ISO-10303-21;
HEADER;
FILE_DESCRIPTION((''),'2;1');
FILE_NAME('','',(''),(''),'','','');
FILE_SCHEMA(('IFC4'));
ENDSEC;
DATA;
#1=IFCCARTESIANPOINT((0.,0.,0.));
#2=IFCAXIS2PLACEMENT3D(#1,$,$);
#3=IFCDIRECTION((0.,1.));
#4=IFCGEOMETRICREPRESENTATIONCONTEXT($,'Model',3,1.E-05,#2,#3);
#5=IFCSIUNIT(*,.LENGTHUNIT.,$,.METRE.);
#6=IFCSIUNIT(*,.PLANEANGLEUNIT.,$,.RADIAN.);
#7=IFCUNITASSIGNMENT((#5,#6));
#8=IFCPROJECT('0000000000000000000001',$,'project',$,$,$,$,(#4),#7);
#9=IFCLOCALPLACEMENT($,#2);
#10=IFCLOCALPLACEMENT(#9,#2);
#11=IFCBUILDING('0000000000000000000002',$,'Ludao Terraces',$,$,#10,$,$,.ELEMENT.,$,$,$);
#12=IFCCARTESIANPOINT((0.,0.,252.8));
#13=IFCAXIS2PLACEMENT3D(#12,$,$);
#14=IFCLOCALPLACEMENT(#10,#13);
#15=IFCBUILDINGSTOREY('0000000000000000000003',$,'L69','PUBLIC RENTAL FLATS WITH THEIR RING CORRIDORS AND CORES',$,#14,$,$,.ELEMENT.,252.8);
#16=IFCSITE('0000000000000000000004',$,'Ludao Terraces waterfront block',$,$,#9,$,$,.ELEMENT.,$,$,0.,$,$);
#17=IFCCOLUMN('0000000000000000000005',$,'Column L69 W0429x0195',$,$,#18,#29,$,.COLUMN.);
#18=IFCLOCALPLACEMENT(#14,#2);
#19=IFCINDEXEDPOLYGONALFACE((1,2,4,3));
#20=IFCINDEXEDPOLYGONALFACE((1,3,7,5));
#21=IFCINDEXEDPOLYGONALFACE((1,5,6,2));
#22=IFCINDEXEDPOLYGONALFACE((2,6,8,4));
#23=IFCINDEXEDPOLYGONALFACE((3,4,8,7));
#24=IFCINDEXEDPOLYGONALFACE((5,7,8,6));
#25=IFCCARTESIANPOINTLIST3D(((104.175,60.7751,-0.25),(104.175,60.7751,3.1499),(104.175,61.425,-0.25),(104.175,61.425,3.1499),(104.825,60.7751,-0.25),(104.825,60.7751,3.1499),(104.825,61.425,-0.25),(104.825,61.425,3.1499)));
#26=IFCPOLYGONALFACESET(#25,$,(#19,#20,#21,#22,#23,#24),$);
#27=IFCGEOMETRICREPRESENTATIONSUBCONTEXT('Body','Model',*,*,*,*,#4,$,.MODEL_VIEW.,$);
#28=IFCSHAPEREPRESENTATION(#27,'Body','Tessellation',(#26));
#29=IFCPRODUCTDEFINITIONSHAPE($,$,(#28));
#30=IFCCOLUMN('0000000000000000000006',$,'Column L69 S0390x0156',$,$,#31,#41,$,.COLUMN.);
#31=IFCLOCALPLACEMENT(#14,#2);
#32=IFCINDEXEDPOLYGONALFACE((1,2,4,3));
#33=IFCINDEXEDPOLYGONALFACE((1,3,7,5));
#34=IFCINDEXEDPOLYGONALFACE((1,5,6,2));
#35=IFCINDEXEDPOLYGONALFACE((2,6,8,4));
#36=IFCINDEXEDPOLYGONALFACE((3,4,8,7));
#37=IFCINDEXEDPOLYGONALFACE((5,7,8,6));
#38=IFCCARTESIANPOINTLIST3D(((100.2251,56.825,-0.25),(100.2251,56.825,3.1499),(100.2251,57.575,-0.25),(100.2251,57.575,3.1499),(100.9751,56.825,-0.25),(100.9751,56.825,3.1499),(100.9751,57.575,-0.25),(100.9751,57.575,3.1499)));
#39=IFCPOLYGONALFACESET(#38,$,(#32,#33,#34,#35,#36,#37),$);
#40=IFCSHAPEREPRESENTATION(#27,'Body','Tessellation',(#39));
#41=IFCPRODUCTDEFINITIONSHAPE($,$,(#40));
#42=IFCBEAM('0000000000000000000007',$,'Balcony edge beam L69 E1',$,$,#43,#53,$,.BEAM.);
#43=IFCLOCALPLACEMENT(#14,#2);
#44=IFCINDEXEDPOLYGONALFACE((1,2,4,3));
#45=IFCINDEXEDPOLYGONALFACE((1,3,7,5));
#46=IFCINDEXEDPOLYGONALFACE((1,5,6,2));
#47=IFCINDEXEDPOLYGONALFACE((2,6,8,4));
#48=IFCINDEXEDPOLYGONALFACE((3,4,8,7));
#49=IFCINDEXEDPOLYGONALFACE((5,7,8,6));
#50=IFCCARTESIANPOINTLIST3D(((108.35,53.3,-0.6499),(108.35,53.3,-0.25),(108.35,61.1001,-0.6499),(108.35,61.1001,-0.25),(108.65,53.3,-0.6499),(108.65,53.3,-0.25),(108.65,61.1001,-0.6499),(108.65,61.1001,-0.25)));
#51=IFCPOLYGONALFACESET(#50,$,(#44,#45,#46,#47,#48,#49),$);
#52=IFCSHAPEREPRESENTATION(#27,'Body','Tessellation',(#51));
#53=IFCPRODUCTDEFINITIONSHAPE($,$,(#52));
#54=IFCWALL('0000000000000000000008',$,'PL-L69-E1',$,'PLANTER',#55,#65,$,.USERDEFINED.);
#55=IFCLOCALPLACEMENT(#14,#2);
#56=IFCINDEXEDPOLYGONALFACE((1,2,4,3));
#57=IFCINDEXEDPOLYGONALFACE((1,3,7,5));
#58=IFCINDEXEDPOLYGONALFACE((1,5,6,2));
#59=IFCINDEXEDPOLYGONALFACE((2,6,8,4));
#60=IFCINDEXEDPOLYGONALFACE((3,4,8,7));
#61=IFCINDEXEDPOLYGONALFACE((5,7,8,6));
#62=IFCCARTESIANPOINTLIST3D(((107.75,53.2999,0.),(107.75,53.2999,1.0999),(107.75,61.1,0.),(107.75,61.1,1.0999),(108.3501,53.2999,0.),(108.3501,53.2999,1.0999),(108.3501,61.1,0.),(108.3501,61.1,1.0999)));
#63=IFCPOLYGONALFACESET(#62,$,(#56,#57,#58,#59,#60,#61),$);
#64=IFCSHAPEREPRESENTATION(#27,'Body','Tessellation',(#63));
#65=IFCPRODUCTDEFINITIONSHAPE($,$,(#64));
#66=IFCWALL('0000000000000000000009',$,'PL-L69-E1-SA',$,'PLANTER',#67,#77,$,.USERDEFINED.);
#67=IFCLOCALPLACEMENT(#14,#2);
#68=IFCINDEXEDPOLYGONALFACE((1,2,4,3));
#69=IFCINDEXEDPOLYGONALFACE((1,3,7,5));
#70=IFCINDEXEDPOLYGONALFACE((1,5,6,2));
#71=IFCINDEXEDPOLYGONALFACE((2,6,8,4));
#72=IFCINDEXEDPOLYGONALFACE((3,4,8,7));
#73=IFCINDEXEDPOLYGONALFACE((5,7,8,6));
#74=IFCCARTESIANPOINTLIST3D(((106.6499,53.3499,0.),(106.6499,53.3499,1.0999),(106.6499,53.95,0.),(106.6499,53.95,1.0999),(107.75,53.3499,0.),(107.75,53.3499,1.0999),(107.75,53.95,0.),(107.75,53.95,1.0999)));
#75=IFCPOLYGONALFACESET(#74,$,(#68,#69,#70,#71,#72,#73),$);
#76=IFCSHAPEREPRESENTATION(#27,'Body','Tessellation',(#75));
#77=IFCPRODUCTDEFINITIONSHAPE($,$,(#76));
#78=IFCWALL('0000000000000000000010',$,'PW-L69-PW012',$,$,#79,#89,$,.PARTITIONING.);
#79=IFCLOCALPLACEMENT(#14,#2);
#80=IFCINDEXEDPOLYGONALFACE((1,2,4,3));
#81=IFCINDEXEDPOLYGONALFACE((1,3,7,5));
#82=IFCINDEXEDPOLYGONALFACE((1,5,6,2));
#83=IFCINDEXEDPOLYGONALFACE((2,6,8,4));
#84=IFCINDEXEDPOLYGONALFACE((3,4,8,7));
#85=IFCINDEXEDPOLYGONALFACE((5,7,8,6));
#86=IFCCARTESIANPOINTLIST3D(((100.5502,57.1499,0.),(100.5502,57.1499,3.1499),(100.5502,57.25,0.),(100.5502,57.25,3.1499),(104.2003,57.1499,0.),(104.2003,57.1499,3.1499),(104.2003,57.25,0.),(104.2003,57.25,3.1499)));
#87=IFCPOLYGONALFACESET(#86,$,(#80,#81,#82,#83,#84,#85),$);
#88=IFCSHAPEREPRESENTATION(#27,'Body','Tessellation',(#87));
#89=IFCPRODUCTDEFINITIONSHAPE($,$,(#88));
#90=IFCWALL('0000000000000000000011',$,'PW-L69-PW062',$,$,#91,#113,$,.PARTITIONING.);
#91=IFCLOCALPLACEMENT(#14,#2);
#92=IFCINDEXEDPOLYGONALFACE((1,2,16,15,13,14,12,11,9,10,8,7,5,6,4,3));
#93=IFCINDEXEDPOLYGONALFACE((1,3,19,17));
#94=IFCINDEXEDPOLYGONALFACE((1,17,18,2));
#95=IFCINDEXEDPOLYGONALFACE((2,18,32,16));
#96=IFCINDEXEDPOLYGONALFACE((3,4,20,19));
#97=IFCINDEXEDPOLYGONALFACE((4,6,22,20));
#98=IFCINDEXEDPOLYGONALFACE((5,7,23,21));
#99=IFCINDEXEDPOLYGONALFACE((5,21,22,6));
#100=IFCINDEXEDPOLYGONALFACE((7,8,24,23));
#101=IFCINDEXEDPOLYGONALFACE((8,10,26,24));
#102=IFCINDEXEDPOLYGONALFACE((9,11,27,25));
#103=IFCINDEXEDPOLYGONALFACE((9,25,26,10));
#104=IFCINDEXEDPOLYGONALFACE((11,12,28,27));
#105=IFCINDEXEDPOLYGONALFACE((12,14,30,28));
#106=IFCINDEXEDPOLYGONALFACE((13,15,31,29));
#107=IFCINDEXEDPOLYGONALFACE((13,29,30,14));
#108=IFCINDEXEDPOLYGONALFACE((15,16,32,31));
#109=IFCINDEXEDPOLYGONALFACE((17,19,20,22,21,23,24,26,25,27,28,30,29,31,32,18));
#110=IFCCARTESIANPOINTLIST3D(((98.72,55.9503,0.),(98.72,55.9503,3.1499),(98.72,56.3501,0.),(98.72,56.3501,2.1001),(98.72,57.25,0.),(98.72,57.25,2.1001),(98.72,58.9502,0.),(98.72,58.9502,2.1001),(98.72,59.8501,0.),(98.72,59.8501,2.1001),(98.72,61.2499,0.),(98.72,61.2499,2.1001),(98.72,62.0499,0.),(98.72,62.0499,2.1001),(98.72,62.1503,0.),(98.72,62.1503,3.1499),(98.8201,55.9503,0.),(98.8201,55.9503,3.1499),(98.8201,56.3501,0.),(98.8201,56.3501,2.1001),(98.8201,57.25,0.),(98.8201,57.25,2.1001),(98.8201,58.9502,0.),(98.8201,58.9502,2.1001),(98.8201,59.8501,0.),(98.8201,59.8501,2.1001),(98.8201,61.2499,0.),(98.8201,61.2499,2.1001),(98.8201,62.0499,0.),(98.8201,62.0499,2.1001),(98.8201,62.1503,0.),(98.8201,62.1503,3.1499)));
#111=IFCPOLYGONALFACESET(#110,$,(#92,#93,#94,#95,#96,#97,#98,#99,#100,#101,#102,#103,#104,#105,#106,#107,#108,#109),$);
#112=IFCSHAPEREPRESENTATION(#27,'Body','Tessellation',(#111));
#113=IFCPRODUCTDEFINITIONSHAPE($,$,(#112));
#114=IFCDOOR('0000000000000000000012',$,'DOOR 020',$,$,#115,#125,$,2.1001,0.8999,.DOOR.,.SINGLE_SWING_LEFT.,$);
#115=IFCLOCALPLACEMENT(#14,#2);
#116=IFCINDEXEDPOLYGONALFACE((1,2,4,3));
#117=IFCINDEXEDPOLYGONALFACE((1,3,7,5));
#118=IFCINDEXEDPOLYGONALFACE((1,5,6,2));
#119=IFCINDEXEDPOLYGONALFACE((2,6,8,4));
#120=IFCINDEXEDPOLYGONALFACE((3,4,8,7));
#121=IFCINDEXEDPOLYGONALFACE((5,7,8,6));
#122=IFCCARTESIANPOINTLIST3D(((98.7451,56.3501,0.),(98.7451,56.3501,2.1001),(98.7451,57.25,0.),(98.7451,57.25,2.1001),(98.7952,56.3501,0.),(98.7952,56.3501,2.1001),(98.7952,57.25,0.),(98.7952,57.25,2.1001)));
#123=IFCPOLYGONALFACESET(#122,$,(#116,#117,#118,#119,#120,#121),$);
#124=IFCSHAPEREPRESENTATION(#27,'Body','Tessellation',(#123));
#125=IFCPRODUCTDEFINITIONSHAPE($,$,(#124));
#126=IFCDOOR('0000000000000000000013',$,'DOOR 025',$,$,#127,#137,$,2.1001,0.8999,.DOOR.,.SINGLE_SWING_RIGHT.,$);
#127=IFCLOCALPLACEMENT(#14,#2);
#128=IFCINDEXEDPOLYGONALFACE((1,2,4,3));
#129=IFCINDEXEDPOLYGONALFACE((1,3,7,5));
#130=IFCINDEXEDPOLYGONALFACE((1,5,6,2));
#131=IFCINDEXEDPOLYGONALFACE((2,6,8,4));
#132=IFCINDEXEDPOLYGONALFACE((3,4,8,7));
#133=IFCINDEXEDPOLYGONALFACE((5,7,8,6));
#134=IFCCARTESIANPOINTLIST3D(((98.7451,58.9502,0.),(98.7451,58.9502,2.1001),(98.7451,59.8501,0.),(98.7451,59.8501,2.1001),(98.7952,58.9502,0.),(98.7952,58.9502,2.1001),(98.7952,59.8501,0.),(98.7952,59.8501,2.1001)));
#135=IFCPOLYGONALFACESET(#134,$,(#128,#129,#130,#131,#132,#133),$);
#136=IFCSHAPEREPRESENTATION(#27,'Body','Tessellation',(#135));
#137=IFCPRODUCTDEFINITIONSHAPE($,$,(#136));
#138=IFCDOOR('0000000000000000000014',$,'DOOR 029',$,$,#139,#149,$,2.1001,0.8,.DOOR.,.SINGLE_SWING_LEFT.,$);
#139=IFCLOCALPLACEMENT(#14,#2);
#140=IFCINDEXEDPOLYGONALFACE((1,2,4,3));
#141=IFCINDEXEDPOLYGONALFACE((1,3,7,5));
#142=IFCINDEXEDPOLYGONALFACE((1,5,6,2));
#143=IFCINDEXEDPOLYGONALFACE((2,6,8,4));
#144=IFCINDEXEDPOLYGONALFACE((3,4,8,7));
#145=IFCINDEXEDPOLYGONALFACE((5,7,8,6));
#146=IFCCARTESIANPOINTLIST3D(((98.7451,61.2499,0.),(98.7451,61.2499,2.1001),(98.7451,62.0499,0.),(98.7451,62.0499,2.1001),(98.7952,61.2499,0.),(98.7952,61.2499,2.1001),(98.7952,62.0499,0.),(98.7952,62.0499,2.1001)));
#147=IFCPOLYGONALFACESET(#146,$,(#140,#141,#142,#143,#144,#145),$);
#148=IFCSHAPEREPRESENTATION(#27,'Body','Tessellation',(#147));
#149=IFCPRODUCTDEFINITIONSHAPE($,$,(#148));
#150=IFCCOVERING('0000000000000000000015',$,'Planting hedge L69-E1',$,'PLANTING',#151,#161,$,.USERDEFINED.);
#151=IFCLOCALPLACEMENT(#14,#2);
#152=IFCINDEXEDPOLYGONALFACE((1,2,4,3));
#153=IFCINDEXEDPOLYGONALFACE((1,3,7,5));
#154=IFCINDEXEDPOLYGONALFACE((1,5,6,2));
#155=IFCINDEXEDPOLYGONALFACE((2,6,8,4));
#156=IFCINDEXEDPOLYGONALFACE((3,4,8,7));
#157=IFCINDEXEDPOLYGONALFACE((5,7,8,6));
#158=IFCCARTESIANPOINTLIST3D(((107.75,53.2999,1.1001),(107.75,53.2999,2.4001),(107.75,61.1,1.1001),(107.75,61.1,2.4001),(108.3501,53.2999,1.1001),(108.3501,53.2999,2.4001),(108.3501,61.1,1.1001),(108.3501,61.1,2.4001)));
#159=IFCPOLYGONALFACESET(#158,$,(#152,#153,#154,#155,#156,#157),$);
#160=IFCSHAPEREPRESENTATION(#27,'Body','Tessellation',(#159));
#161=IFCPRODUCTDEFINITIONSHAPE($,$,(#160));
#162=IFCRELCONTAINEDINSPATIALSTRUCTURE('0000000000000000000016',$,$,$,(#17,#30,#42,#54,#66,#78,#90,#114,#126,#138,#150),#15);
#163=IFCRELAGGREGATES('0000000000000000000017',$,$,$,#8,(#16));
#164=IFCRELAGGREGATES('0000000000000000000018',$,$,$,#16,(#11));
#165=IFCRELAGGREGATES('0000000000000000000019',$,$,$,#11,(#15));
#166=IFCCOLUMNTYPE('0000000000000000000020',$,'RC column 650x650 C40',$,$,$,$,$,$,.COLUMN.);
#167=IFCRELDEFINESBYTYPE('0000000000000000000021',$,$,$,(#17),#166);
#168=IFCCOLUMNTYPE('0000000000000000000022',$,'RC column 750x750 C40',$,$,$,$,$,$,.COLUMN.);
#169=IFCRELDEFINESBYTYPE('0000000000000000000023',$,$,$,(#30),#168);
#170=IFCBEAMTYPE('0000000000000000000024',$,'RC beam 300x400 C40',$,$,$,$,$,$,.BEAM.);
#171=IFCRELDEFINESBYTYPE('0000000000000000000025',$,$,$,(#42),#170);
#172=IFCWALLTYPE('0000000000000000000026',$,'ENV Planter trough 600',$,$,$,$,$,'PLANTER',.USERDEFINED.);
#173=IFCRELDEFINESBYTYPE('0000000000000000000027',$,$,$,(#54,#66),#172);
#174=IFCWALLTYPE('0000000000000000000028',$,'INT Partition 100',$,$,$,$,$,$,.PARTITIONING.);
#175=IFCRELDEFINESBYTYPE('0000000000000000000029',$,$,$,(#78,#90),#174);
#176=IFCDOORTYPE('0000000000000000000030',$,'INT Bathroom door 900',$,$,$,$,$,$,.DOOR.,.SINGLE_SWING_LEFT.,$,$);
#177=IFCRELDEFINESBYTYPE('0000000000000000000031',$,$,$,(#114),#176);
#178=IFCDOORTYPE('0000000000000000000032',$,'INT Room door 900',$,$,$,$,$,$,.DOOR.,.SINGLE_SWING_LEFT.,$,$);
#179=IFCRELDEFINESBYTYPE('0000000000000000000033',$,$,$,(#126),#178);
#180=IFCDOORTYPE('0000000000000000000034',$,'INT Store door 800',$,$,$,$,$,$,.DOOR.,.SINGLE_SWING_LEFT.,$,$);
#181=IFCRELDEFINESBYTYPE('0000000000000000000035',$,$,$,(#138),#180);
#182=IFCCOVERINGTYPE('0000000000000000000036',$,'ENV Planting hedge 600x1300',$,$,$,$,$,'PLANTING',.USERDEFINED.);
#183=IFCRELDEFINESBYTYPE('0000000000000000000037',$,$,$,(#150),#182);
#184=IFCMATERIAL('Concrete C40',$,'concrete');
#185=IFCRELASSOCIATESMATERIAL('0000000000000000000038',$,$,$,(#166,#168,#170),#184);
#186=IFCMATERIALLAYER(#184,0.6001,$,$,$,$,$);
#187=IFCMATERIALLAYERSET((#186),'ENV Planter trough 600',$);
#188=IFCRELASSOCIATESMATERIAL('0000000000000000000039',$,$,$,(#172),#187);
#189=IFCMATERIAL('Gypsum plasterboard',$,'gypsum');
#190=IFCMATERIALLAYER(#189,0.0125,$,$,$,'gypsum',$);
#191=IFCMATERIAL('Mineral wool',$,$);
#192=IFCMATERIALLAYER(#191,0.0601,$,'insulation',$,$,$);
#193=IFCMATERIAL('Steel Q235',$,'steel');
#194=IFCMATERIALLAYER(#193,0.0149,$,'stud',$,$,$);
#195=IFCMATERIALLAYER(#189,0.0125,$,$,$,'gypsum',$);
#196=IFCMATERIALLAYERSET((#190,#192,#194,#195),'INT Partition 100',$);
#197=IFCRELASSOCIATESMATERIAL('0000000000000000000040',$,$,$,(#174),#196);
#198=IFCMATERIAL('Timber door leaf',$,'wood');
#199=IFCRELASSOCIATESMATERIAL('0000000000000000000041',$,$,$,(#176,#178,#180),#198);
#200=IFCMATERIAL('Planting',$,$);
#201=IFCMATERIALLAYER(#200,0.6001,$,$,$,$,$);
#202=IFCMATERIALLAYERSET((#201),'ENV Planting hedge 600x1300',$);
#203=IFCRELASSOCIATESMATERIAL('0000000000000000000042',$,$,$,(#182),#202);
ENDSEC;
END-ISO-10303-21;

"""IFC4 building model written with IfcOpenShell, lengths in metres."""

from ifc_helpers import new_model, si_unit, direction, frame, frame_2d, origin, origin_2d, place, context, subcontext, project, spatial, rectangle, extrude, material, layer, layer_set, material_profile, profile_set, type_object, element, fill, save


model = new_model("IFC4")

# Units and contexts
model_context = context("Model", 3, precision=1e-05, world=origin(), true_north=direction((0.0, 1.0)))
body_context = subcontext(model_context, "Body", "Model", "MODEL_VIEW")
ifc_project = project(units=[si_unit("LENGTHUNIT", "METRE"), si_unit("PLANEANGLEUNIT", "RADIAN")], contexts=[model_context])

# Site, building, storey
site_placement = place(None, origin())
site = spatial("IfcSite", under=ifc_project, at=site_placement, Name="Ludao Terraces waterfront block", CompositionType="ELEMENT", RefElevation=0.0)
building_placement = place(site_placement, origin())
building = spatial("IfcBuilding", under=site, at=building_placement, Name="Ludao Terraces", CompositionType="ELEMENT")
storey_placement = place(building_placement, frame((0.0, 0.0, 252.8)))
storey = spatial("IfcBuildingStorey", under=building, at=storey_placement, Name="L69", Description="PUBLIC RENTAL FLATS WITH THEIR RING CORRIDORS AND CORES", CompositionType="ELEMENT", Elevation=252.8)

# Columns
ifc_material_1 = material(Name="Concrete C40", Category="concrete")
ifc_material_profile_1 = material_profile(ifc_material_1, rectangle(XDim=0.6499, YDim=0.6499, at=origin_2d()), Name="650 X 650")
ifc_profile_set_1 = profile_set([ifc_material_profile_1], Name="Concrete C40")
column_type_1 = type_object("IfcColumnType", Name="RC column 650x650 C40", PredefinedType="COLUMN", material=ifc_profile_set_1)
column_1_placement = place(storey_placement, frame((104.5, 61.1001, -0.25), z_axis=(0.0, 0.0, 1.0), x_axis=(1.0, 0.0, 0.0)))
element("IfcColumn", 1, at=column_1_placement, inside=storey, type_object=column_type_1, Name="Column L69 W0429x0195", PredefinedType="COLUMN", context=body_context, shape_type="SweptSolid", body=[
    extrude(rectangle(XDim=0.6499, YDim=0.6499, at=origin_2d()), origin(), (0.0, 0.0, 1.0), 3.3999),
])
ifc_material_profile_2 = material_profile(ifc_material_1, rectangle(XDim=0.75, YDim=0.75, at=origin_2d()), Name="750 X 750")
ifc_profile_set_2 = profile_set([ifc_material_profile_2], Name="Concrete C40")
column_type_2 = type_object("IfcColumnType", Name="RC column 750x750 C40", PredefinedType="COLUMN", material=ifc_profile_set_2)
column_2_placement = place(storey_placement, frame((100.6001, 57.2, -0.25), z_axis=(0.0, 0.0, 1.0), x_axis=(1.0, 0.0, 0.0)))
element("IfcColumn", 2, at=column_2_placement, inside=storey, type_object=column_type_2, Name="Column L69 S0390x0156", PredefinedType="COLUMN", context=body_context, shape_type="SweptSolid", body=[
    extrude(rectangle(XDim=0.75, YDim=0.75, at=origin_2d()), origin(), (0.0, 0.0, 1.0), 3.3999),
])

# Beam
ifc_material_profile_3 = material_profile(ifc_material_1, rectangle(XDim=0.3, YDim=0.3999, at=origin_2d()), Name="300 X 400")
ifc_profile_set_3 = profile_set([ifc_material_profile_3], Name="Concrete C40")
beam_type = type_object("IfcBeamType", Name="RC beam 300x400 C40", PredefinedType="BEAM", material=ifc_profile_set_3)
beam_placement = place(storey_placement, frame((108.5, 53.3, -0.45), z_axis=(0.0, 1.0, 0.0), x_axis=(-1.0, 0.0, 0.0)))
element("IfcBeam", 3, at=beam_placement, inside=storey, type_object=beam_type, Name="Balcony edge beam L69 E1", PredefinedType="BEAM", context=body_context, shape_type="SweptSolid", body=[
    extrude(rectangle(XDim=0.3, YDim=0.3999, at=origin_2d()), origin(), (0.0, 0.0, 1.0), 7.8),
])

# Walls
ifc_layer_1 = layer(ifc_material_1, 0.6001)
ifc_layer_set_1 = layer_set([ifc_layer_1], Name="ENV Planter trough 600")
wall_type_1 = type_object("IfcWallType", Name="ENV Planter trough 600", ElementType="PLANTER", PredefinedType="USERDEFINED", material=ifc_layer_set_1)
wall_1_placement = place(storey_placement, frame((108.05, 53.3, 0.0), z_axis=(0.0, 0.0, 1.0), x_axis=(0.0, 1.0, 0.0)))
element("IfcWall", 4, at=wall_1_placement, inside=storey, type_object=wall_type_1, Name="PL-L69-E1", ObjectType="PLANTER", PredefinedType="USERDEFINED", context=body_context, shape_type="SweptSolid", body=[
    extrude(rectangle(XDim=7.8, YDim=0.6001, at=frame_2d((3.8999, 0.0))), origin(), (0.0, 0.0, 1.0), 1.0999),
])
wall_2_placement = place(storey_placement, frame((107.75, 53.6499, 0.0), z_axis=(0.0, 0.0, 1.0), x_axis=(-1.0, 0.0, 0.0)))
element("IfcWall", 5, at=wall_2_placement, inside=storey, type_object=wall_type_1, Name="PL-L69-E1-SA", ObjectType="PLANTER", PredefinedType="USERDEFINED", context=body_context, shape_type="SweptSolid", body=[
    extrude(rectangle(XDim=1.1001, YDim=0.6001, at=frame_2d((0.55, 0.0))), origin(), (0.0, 0.0, 1.0), 1.0999),
])

# Shared definitions
ifc_material_2 = material(Name="Mineral wool")

# Wall
ifc_material_3 = material(Name="Gypsum plasterboard", Category="gypsum")
ifc_layer_2 = layer(ifc_material_3, 0.0125, Category="gypsum")
ifc_layer_3 = layer(ifc_material_2, 0.0601, Name="insulation")
ifc_material_4 = material(Name="Steel Q235", Category="steel")
ifc_layer_4 = layer(ifc_material_4, 0.0149, Name="stud")
ifc_layer_5 = layer(ifc_material_3, 0.0125, Category="gypsum")
ifc_layer_set_2 = layer_set([ifc_layer_2, ifc_layer_3, ifc_layer_4, ifc_layer_5], Name="INT Partition 100")
wall_type_2 = type_object("IfcWallType", Name="INT Partition 100", PredefinedType="PARTITIONING", material=ifc_layer_set_2)
wall_3_placement = place(storey_placement, frame((100.55, 57.2, 0.0), z_axis=(0.0, 0.0, 1.0), x_axis=(1.0, 0.0, 0.0)))
element("IfcWall", 6, at=wall_3_placement, inside=storey, type_object=wall_type_2, Name="PW-L69-PW012", PredefinedType="PARTITIONING", context=body_context, shape_type="SweptSolid", body=[
    extrude(rectangle(XDim=3.6501, YDim=0.1001, at=frame_2d((1.8252, 0.0))), origin(), (0.0, 0.0, 1.0), 3.1499),
])

# Wall, openings, doors
wall_4_placement = place(storey_placement, frame((98.77, 55.9502, 0.0), z_axis=(0.0, 0.0, 1.0), x_axis=(0.0, 1.0, 0.0)))
wall_4 = element("IfcWall", 7, at=wall_4_placement, inside=storey, type_object=wall_type_2, Name="PW-L69-PW062", PredefinedType="PARTITIONING", context=body_context, shape_type="SweptSolid", body=[
    extrude(rectangle(XDim=6.2, YDim=0.1001, at=frame_2d((3.1001, 0.0))), origin(), (0.0, 0.0, 1.0), 3.1499),
])
opening_1_placement = place(wall_4_placement, frame((0.3999, 0.0, 0.0)))
opening_1 = element("IfcOpeningElement", 8, at=opening_1_placement, cuts=wall_4, PredefinedType="OPENING", context=body_context, shape_type="SweptSolid", body=[
    extrude(rectangle(XDim=0.8999, YDim=2.1001, at=frame_2d((0.45, 1.05))), frame((0.0, 0.0601, 0.0), z_axis=(0.0, -1.0, 0.0), x_axis=(1.0, 0.0, 0.0)), (0.0, 0.0, 1.0), 0.1201),
])
opening_2_placement = place(wall_4_placement, frame((3.0, 0.0, 0.0)))
opening_2 = element("IfcOpeningElement", 9, at=opening_2_placement, cuts=wall_4, PredefinedType="OPENING", context=body_context, shape_type="SweptSolid", body=[
    extrude(rectangle(XDim=0.8999, YDim=2.1001, at=frame_2d((0.45, 1.05))), frame((0.0, 0.0601, 0.0), z_axis=(0.0, -1.0, 0.0), x_axis=(1.0, 0.0, 0.0)), (0.0, 0.0, 1.0), 0.1201),
])
opening_3_placement = place(wall_4_placement, frame((5.2998, 0.0, 0.0)))
opening_3 = element("IfcOpeningElement", 10, at=opening_3_placement, cuts=wall_4, PredefinedType="OPENING", context=body_context, shape_type="SweptSolid", body=[
    extrude(rectangle(XDim=0.8, YDim=2.1001, at=frame_2d((0.3999, 1.05))), frame((0.0, 0.0601, 0.0), z_axis=(0.0, -1.0, 0.0), x_axis=(1.0, 0.0, 0.0)), (0.0, 0.0, 1.0), 0.1201),
])
ifc_material_5 = material(Name="Timber door leaf", Category="wood")
door_type_1 = type_object("IfcDoorType", Name="INT Bathroom door 900", OperationType="SINGLE_SWING_LEFT", PredefinedType="DOOR", material=ifc_material_5)
door_1_placement = place(opening_1_placement, origin())
door_1 = element("IfcDoor", 11, at=door_1_placement, inside=storey, type_object=door_type_1, Name="DOOR 020", OperationType="SINGLE_SWING_LEFT", OverallHeight=2.1001, OverallWidth=0.8999, PredefinedType="DOOR", context=body_context, shape_type="SweptSolid", body=[
    extrude(rectangle(XDim=0.8999, YDim=2.1001, at=frame_2d((0.45, 1.05))), frame((0.0, 0.0249, 0.0), z_axis=(0.0, -1.0, 0.0), x_axis=(1.0, 0.0, 0.0)), (0.0, 0.0, 1.0), 0.05),
])
fill(opening_1, door_1)
door_type_2 = type_object("IfcDoorType", Name="INT Room door 900", OperationType="SINGLE_SWING_LEFT", PredefinedType="DOOR", material=ifc_material_5)
door_2_placement = place(opening_2_placement, origin())
door_2 = element("IfcDoor", 12, at=door_2_placement, inside=storey, type_object=door_type_2, Name="DOOR 025", OperationType="SINGLE_SWING_RIGHT", OverallHeight=2.1001, OverallWidth=0.8999, PredefinedType="DOOR", context=body_context, shape_type="SweptSolid", body=[
    extrude(rectangle(XDim=0.8999, YDim=2.1001, at=frame_2d((0.45, 1.05))), frame((0.0, 0.0249, 0.0), z_axis=(0.0, -1.0, 0.0), x_axis=(1.0, 0.0, 0.0)), (0.0, 0.0, 1.0), 0.05),
])
fill(opening_2, door_2)
door_type_3 = type_object("IfcDoorType", Name="INT Store door 800", OperationType="SINGLE_SWING_LEFT", PredefinedType="DOOR", material=ifc_material_5)
door_3_placement = place(opening_3_placement, origin())
door_3 = element("IfcDoor", 13, at=door_3_placement, inside=storey, type_object=door_type_3, Name="DOOR 029", OperationType="SINGLE_SWING_LEFT", OverallHeight=2.1001, OverallWidth=0.8, PredefinedType="DOOR", context=body_context, shape_type="SweptSolid", body=[
    extrude(rectangle(XDim=0.8, YDim=2.1001, at=frame_2d((0.3999, 1.05))), frame((0.0, 0.0249, 0.0), z_axis=(0.0, -1.0, 0.0), x_axis=(1.0, 0.0, 0.0)), (0.0, 0.0, 1.0), 0.05),
])
fill(opening_3, door_3)

# Covering
ifc_material_6 = material(Name="Planting")
ifc_layer_6 = layer(ifc_material_6, 0.6001)
ifc_layer_set_3 = layer_set([ifc_layer_6], Name="ENV Planting hedge 600x1300")
covering_type = type_object("IfcCoveringType", Name="ENV Planting hedge 600x1300", ElementType="PLANTING", PredefinedType="USERDEFINED", material=ifc_layer_set_3)
covering_placement = place(storey_placement, frame((108.05, 57.2, 1.1001), z_axis=(0.0, 0.0, 1.0), x_axis=(1.0, 0.0, 0.0)))
element("IfcCovering", 14, at=covering_placement, inside=storey, type_object=covering_type, Name="Planting hedge L69-E1", ObjectType="PLANTING", PredefinedType="USERDEFINED", context=body_context, shape_type="SweptSolid", body=[
    extrude(rectangle(XDim=0.6001, YDim=7.8, at=origin_2d()), origin(), (0.0, 0.0, 1.0), 1.3),
])

save(model, "model.ifc")
